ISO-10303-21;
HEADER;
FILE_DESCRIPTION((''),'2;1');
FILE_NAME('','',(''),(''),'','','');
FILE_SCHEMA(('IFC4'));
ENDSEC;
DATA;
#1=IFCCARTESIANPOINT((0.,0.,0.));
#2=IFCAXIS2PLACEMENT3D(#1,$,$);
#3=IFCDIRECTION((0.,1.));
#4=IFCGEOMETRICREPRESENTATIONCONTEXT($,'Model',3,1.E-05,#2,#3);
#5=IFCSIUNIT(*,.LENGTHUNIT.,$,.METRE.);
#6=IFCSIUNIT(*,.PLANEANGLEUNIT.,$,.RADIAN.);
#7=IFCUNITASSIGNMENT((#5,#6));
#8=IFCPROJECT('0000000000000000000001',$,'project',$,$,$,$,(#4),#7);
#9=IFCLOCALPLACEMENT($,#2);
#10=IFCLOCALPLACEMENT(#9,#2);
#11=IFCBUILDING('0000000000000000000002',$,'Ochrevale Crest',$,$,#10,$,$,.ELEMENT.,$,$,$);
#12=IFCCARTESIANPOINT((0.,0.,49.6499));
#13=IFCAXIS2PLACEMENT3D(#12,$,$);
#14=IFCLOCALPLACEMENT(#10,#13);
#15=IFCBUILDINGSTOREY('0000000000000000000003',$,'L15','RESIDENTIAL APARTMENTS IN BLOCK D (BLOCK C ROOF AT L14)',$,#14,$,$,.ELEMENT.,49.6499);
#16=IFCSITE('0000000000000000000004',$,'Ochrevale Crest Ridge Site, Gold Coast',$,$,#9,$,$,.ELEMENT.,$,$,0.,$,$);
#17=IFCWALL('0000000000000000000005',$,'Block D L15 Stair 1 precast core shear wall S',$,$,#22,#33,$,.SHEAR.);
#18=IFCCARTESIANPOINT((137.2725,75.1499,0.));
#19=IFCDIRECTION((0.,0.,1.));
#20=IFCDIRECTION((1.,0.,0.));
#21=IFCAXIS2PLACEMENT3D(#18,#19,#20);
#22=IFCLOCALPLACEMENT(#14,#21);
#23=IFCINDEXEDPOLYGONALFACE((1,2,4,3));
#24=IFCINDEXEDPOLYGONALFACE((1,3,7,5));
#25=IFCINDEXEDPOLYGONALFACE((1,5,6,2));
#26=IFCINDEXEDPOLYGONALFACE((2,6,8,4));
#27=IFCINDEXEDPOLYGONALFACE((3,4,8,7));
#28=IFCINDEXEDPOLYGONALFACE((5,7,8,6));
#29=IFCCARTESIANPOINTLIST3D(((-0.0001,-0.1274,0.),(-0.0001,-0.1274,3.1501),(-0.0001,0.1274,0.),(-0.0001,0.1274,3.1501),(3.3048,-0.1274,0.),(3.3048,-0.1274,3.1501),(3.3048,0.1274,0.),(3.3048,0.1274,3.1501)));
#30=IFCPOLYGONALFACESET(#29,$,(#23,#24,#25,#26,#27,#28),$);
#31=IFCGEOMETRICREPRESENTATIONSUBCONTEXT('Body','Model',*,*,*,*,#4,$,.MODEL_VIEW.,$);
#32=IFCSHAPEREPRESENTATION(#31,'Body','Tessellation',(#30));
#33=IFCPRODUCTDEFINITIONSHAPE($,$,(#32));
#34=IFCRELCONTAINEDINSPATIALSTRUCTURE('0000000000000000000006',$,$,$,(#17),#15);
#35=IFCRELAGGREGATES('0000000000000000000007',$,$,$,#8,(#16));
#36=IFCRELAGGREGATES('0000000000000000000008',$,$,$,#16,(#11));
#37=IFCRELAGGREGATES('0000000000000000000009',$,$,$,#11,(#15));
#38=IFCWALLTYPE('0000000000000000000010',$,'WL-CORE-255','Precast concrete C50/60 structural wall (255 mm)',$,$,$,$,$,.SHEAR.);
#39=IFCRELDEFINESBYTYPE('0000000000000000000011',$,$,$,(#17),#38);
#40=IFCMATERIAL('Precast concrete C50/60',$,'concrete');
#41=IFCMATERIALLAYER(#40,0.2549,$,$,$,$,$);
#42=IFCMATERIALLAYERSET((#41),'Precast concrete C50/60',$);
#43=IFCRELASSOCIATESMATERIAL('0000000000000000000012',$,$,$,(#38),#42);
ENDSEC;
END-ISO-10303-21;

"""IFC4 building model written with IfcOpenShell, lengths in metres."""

from ifc_helpers import new_model, si_unit, direction, frame, frame_2d, origin, place, context, subcontext, project, spatial, rectangle, extrude, material, layer, layer_set, type_object, element, save


model = new_model("IFC4")

# Units and contexts
model_context = context("Model", 3, precision=1e-05, world=origin(), true_north=direction((0.0, 1.0)))
body_context = subcontext(model_context, "Body", "Model", "MODEL_VIEW")
ifc_project = project(units=[si_unit("LENGTHUNIT", "METRE"), si_unit("PLANEANGLEUNIT", "RADIAN")], contexts=[model_context])

# Site, building, storey
site_placement = place(None, origin())
site = spatial("IfcSite", under=ifc_project, at=site_placement, Name="Ochrevale Crest Ridge Site, Gold Coast", CompositionType="ELEMENT", RefElevation=0.0)
building_placement = place(site_placement, origin())
building = spatial("IfcBuilding", under=site, at=building_placement, Name="Ochrevale Crest", CompositionType="ELEMENT")
storey_placement = place(building_placement, frame((0.0, 0.0, 49.6499)))
storey = spatial("IfcBuildingStorey", under=building, at=storey_placement, Name="L15", Description="RESIDENTIAL APARTMENTS IN BLOCK D (BLOCK C ROOF AT L14)", CompositionType="ELEMENT", Elevation=49.6499)

# Shared definitions
ifc_material_1 = material(Name="Precast concrete C50/60", Category="concrete")

# Wall
ifc_layer_1 = layer(ifc_material_1, 0.2549)
ifc_layer_set_1 = layer_set([ifc_layer_1], Name="Precast concrete C50/60")
wall_type_1 = type_object("IfcWallType", Name="WL-CORE-255", Description="Precast concrete C50/60 structural wall (255 mm)", PredefinedType="SHEAR", material=ifc_layer_set_1)
wall_1_placement = place(storey_placement, frame((137.2725, 75.1499, 0.0), z_axis=(0.0, 0.0, 1.0), x_axis=(1.0, 0.0, 0.0)))
element("IfcWall", 1, at=wall_1_placement, inside=storey, type_object=wall_type_1, Name="Block D L15 Stair 1 precast core shear wall S", PredefinedType="SHEAR", context=body_context, shape_type="SweptSolid", body=[
    extrude(rectangle(XDim=3.3049, YDim=0.2549, at=frame_2d((1.6523, 0.0))), origin(), (0.0, 0.0, 1.0), 3.1501),
])

save(model, "model.ifc")
